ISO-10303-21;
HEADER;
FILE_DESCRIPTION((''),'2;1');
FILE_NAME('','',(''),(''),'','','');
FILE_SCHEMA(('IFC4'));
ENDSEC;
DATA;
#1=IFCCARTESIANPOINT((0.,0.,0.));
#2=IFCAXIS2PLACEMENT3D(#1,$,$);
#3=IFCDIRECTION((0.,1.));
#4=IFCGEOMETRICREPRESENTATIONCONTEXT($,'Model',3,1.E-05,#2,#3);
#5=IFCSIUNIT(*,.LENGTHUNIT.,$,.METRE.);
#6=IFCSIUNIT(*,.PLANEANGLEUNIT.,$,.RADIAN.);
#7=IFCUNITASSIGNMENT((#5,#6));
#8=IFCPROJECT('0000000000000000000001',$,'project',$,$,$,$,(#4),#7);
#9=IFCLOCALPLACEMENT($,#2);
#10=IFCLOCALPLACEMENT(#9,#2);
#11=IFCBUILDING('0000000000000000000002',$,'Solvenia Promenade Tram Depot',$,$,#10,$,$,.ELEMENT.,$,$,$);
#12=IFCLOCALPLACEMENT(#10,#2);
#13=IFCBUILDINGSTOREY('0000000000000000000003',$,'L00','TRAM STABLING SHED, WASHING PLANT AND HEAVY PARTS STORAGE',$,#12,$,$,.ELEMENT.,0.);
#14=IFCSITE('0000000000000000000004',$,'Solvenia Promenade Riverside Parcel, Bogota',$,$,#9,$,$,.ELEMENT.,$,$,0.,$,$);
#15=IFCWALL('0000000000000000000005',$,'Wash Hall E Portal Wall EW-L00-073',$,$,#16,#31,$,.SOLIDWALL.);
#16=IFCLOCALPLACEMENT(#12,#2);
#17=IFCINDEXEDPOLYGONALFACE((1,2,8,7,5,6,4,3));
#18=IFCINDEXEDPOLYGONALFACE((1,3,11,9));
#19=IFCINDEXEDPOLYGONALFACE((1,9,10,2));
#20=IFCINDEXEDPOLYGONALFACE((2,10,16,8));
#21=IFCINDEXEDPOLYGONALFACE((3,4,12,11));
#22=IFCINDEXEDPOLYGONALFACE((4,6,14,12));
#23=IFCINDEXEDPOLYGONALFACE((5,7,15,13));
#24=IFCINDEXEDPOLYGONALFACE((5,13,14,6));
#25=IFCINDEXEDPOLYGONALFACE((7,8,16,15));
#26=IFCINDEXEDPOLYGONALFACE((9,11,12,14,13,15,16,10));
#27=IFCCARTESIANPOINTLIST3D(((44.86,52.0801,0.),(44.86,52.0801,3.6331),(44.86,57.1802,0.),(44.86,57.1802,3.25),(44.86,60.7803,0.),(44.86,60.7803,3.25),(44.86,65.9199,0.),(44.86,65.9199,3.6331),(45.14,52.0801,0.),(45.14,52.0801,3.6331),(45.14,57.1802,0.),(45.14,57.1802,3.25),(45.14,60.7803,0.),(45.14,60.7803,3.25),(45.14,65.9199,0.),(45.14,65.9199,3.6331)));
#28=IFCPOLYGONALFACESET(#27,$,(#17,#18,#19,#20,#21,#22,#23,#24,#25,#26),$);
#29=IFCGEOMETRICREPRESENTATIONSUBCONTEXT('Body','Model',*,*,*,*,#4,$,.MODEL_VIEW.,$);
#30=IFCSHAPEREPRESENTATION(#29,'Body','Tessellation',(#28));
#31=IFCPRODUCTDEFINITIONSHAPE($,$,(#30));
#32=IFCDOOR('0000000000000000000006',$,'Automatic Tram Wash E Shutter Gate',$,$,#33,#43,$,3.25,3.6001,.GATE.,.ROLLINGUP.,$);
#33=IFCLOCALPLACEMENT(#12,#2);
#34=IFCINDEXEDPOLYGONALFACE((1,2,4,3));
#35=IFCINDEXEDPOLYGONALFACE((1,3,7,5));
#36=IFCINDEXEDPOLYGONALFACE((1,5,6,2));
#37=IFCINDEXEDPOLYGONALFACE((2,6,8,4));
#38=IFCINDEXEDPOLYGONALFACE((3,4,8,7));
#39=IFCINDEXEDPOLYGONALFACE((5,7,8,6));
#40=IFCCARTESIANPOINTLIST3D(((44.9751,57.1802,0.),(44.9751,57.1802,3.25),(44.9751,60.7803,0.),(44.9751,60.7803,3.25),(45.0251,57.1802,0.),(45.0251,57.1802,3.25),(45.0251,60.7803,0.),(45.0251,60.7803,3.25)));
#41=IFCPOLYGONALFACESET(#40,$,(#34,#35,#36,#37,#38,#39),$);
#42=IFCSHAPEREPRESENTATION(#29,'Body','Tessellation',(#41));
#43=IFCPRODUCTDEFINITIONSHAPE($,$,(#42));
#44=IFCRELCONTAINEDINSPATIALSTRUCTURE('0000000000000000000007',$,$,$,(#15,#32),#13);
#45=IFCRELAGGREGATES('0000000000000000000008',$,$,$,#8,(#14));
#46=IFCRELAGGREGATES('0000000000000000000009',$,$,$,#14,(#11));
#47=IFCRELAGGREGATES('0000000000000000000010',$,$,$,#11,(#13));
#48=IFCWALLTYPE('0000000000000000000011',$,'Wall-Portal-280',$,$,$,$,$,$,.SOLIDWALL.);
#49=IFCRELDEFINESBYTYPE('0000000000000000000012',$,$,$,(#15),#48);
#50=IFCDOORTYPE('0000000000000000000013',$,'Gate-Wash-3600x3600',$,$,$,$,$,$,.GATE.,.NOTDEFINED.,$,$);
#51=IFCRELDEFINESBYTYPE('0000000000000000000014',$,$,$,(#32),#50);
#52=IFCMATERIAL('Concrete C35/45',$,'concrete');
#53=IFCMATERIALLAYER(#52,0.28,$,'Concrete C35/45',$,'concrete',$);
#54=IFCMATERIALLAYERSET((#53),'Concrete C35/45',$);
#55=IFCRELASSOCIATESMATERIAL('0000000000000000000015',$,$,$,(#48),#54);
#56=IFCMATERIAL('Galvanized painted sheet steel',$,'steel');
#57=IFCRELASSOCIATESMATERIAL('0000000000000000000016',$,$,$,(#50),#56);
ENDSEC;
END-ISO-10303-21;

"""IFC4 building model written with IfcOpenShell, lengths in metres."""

from ifc_helpers import new_model, si_unit, direction, frame, frame_2d, origin, place, context, subcontext, project, spatial, rectangle, extrude, material, layer, layer_set, type_object, element, fill, save


model = new_model("IFC4")

# Units and contexts
model_context = context("Model", 3, precision=1e-05, world=origin(), true_north=direction((0.0, 1.0)))
body_context = subcontext(model_context, "Body", "Model", "MODEL_VIEW")
ifc_project = project(units=[si_unit("LENGTHUNIT", "METRE"), si_unit("PLANEANGLEUNIT", "RADIAN")], contexts=[model_context])

# Site, building, storey
site_placement = place(None, origin())
site = spatial("IfcSite", under=ifc_project, at=site_placement, Name="Solvenia Promenade Riverside Parcel, Bogota", CompositionType="ELEMENT", RefElevation=0.0)
building_placement = place(site_placement, origin())
building = spatial("IfcBuilding", under=site, at=building_placement, Name="Solvenia Promenade Tram Depot", CompositionType="ELEMENT")
storey_placement = place(building_placement, origin())
storey = spatial("IfcBuildingStorey", under=building, at=storey_placement, Name="L00", Description="TRAM STABLING SHED, WASHING PLANT AND HEAVY PARTS STORAGE", CompositionType="ELEMENT", Elevation=0.0)

# Shared definitions
ifc_material_1 = material(Name="Concrete C35/45", Category="concrete")
ifc_layer = layer(ifc_material_1, 0.28, Name="Concrete C35/45", Category="concrete")
ifc_layer_set = layer_set([ifc_layer], Name="Concrete C35/45")
wall_type = type_object("IfcWallType", Name="Wall-Portal-280", PredefinedType="SOLIDWALL", material=ifc_layer_set)

# Wall, opening, door
wall_1_placement = place(storey_placement, frame((45.0, 52.0801, 0.0), z_axis=(0.0, 0.0, 1.0), x_axis=(0.0, 1.0, 0.0)))
wall_1 = element("IfcWall", 1, at=wall_1_placement, inside=storey, type_object=wall_type, Name="Wash Hall E Portal Wall EW-L00-073", PredefinedType="SOLIDWALL", context=body_context, shape_type="SweptSolid", body=[
    extrude(rectangle(XDim=13.8398, YDim=0.28, at=frame_2d((6.9199, 0.0))), origin(), (0.0, 0.0, 1.0), 3.6331),
])
opening_1_placement = place(wall_1_placement, frame((5.1001, 0.0, 0.0)))
opening_1 = element("IfcOpeningElement", 2, at=opening_1_placement, cuts=wall_1, PredefinedType="OPENING", context=body_context, shape_type="SweptSolid", body=[
    extrude(rectangle(XDim=3.6001, YDim=3.25, at=frame_2d((1.8, 1.625))), frame((0.0, 0.1499, 0.0), z_axis=(0.0, -1.0, 0.0), x_axis=(1.0, 0.0, 0.0)), (0.0, 0.0, 1.0), 0.3),
])
ifc_material_2 = material(Name="Galvanized painted sheet steel", Category="steel")
door_type = type_object("IfcDoorType", Name="Gate-Wash-3600x3600", OperationType="NOTDEFINED", PredefinedType="GATE", material=ifc_material_2)
door_placement = place(opening_1_placement, origin())
door = element("IfcDoor", 3, at=door_placement, inside=storey, type_object=door_type, Name="Automatic Tram Wash E Shutter Gate", OperationType="ROLLINGUP", OverallHeight=3.25, OverallWidth=3.6001, PredefinedType="GATE", context=body_context, shape_type="SweptSolid", body=[
    extrude(rectangle(XDim=3.6001, YDim=3.25, at=frame_2d((1.8, 1.625))), frame((0.0, 0.0249, 0.0), z_axis=(0.0, -1.0, 0.0), x_axis=(1.0, 0.0, 0.0)), (0.0, 0.0, 1.0), 0.05),
])
fill(opening_1, door)

save(model, "model.ifc")
